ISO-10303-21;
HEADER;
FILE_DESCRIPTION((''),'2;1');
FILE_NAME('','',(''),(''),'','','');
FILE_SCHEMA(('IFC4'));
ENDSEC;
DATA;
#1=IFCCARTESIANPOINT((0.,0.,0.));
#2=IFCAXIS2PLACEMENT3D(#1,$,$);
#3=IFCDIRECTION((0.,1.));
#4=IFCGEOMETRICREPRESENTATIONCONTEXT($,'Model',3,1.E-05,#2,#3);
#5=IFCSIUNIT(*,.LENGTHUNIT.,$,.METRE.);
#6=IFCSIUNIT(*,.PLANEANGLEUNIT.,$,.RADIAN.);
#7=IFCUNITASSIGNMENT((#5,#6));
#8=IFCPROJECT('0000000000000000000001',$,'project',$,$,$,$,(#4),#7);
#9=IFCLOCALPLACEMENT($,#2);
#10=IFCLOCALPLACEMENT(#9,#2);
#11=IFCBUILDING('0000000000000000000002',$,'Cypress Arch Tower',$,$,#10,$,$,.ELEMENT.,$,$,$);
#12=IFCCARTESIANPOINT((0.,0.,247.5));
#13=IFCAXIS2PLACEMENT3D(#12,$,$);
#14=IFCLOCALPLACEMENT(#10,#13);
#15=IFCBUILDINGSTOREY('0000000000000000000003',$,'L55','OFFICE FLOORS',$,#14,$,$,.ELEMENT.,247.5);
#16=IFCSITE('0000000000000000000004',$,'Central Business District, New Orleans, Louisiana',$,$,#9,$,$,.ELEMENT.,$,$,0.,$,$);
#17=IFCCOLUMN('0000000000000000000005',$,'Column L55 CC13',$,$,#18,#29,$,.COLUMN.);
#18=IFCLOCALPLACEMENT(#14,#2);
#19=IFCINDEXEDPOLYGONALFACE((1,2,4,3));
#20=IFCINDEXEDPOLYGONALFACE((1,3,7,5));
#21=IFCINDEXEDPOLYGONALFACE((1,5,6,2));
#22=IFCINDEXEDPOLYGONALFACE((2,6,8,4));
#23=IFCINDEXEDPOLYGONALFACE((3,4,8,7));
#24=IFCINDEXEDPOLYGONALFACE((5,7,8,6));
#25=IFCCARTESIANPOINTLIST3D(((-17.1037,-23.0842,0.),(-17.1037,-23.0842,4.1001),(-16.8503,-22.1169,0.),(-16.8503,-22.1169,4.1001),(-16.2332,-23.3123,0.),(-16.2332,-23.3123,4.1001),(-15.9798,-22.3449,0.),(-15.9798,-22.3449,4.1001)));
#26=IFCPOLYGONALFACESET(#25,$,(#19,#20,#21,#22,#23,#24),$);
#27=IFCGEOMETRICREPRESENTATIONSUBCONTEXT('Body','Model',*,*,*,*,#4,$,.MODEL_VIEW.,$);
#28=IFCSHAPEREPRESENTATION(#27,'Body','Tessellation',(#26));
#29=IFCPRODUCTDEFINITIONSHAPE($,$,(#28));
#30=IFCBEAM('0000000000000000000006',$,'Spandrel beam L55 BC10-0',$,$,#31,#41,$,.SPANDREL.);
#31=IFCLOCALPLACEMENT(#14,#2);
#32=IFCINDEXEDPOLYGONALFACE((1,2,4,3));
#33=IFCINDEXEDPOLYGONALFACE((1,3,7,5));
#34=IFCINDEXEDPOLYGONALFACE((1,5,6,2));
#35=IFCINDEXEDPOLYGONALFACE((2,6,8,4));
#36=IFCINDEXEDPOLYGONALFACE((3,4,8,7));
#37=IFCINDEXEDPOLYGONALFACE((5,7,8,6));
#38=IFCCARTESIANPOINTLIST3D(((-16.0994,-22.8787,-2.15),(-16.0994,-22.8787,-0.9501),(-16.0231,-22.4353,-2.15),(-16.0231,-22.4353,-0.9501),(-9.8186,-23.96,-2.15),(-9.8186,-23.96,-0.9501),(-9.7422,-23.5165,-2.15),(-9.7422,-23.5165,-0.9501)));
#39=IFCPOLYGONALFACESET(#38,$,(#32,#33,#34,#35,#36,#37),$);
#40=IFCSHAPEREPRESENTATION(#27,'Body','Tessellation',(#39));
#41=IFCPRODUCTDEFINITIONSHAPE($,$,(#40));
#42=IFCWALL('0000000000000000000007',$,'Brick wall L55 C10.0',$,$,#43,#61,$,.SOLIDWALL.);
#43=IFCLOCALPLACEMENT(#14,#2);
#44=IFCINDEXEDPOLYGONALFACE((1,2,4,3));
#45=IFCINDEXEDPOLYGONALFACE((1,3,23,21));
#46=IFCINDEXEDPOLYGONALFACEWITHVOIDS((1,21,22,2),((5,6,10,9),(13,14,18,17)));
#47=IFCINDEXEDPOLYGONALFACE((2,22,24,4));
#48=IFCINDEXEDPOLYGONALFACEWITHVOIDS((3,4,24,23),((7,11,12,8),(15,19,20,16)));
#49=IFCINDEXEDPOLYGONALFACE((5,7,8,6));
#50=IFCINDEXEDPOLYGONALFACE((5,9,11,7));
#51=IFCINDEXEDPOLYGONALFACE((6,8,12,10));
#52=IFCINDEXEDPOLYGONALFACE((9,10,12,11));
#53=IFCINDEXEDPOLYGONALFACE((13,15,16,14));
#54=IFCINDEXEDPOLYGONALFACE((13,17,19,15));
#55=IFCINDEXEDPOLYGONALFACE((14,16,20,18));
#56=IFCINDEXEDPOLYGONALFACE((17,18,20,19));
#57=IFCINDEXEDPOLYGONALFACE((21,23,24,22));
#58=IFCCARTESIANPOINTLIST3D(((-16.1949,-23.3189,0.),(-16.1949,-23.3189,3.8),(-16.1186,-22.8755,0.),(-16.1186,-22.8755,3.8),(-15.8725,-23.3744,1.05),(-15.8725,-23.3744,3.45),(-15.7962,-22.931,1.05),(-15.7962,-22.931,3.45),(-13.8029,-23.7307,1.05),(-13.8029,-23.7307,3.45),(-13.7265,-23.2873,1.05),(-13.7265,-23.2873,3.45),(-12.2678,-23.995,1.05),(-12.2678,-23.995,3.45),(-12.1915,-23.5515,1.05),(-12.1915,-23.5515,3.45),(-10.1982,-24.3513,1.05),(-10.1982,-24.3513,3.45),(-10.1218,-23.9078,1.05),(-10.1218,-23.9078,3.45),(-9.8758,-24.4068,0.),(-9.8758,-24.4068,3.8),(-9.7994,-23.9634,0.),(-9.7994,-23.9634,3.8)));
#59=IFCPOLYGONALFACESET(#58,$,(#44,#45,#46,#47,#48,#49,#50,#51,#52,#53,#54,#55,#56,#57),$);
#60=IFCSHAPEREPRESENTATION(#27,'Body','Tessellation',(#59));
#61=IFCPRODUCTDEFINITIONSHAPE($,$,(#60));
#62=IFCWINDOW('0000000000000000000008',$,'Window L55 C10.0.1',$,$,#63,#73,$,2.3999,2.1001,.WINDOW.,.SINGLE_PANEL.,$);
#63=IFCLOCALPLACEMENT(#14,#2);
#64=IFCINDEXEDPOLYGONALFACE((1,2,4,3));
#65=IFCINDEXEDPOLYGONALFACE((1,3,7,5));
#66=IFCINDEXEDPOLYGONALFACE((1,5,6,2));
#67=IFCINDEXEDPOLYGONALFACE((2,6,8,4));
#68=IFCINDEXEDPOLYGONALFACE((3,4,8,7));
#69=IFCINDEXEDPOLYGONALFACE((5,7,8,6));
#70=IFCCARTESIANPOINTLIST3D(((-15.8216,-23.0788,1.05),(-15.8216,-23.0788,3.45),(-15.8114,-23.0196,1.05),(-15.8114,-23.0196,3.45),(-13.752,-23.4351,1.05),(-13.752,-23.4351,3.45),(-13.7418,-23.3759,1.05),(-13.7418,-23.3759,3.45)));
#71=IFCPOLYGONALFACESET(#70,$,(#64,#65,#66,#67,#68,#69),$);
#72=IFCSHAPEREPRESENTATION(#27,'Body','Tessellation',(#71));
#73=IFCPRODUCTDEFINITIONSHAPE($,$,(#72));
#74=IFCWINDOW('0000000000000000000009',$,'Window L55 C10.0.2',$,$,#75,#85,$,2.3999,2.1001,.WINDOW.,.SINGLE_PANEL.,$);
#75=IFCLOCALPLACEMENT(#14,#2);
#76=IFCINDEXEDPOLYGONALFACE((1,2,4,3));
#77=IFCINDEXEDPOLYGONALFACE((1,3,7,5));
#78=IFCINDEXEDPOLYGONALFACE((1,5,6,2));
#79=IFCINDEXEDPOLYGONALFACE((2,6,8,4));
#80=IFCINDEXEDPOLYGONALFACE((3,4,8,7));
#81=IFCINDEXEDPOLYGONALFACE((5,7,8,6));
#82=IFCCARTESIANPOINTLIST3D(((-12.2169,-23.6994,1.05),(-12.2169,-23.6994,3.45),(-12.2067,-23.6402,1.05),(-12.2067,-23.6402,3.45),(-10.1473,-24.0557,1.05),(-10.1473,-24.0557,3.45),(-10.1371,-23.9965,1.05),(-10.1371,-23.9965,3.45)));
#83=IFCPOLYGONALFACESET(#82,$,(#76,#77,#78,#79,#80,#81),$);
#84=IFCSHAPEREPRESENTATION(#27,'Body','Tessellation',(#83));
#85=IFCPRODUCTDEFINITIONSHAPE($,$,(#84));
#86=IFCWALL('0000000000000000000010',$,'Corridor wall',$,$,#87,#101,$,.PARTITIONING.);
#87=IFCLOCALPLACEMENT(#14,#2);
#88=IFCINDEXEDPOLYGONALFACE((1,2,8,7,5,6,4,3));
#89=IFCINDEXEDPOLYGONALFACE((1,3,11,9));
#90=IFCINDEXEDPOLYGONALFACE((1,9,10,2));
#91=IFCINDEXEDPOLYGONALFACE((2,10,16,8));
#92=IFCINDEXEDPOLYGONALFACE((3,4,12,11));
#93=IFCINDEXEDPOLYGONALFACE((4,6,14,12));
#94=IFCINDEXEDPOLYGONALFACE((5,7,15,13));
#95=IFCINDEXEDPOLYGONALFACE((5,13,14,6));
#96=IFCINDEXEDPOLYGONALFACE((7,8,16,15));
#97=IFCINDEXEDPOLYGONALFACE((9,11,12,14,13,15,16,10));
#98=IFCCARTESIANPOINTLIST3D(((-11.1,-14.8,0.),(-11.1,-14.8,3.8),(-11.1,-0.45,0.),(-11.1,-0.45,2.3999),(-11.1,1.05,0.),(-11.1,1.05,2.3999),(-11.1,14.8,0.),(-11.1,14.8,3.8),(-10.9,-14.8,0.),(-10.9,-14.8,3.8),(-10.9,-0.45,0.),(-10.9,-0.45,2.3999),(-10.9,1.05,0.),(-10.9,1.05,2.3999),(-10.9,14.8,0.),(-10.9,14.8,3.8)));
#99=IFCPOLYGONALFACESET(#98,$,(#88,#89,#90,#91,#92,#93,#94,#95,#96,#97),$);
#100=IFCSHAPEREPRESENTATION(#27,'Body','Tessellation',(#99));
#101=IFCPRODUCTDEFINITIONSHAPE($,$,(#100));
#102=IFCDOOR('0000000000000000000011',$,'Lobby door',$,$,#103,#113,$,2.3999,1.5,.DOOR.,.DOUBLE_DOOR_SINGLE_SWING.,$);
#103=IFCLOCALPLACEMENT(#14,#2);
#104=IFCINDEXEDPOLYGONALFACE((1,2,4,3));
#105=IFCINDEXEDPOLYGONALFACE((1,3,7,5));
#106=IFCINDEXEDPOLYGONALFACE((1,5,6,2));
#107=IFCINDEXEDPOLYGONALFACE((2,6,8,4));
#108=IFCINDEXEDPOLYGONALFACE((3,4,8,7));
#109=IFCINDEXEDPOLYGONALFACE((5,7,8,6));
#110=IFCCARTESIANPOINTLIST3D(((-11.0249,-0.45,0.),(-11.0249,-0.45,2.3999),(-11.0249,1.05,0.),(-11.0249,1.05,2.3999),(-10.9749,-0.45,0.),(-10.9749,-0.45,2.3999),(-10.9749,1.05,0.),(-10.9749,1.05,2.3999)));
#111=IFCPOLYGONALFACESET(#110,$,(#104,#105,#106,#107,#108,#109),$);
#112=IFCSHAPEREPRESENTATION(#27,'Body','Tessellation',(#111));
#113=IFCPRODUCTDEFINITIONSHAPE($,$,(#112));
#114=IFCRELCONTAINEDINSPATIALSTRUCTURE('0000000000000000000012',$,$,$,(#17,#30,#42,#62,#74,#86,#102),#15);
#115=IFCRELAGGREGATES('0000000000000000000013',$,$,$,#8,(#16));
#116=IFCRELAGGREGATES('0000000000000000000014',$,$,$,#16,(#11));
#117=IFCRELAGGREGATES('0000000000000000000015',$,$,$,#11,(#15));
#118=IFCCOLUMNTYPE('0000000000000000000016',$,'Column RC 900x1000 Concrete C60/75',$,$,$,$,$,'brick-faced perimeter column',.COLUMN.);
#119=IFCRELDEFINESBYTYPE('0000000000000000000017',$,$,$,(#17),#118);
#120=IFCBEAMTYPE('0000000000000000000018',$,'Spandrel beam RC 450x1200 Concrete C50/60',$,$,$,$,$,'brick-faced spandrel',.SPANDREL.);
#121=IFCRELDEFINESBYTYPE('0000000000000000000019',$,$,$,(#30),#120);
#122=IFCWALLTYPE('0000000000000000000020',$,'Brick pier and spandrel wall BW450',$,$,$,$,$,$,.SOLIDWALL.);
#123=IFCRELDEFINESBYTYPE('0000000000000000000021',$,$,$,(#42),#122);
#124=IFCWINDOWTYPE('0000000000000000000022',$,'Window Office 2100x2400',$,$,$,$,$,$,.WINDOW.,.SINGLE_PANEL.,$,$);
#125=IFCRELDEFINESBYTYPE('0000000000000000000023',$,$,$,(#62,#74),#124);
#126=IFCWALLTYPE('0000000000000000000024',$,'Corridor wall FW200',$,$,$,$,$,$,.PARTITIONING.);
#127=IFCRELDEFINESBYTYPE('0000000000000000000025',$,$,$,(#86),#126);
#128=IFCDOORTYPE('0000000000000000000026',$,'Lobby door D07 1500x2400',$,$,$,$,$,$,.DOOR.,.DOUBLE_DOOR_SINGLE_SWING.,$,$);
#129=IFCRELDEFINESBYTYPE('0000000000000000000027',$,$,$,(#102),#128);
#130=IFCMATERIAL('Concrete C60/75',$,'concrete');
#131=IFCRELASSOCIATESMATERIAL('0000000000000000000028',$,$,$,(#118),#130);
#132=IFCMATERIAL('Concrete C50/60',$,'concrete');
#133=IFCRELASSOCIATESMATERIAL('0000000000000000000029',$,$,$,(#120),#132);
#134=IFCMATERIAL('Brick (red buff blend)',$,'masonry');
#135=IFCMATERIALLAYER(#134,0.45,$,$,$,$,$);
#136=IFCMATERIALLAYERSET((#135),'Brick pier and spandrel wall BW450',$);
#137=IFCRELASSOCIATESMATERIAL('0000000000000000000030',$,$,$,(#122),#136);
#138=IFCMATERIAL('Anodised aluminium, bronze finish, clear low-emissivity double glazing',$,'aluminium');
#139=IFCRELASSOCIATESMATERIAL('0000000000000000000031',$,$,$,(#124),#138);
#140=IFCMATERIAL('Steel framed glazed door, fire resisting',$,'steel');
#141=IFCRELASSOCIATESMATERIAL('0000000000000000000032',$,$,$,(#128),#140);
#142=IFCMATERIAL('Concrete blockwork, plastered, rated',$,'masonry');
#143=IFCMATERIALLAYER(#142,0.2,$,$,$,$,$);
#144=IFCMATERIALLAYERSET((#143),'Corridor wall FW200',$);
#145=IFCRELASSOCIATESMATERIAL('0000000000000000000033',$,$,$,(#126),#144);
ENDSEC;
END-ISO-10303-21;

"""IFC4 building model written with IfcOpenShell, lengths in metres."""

from ifc_helpers import new_model, si_unit, direction, frame, frame_2d, origin, origin_2d, place, context, subcontext, project, spatial, rectangle, extrude, material, layer, layer_set, material_profile, profile_set, type_object, element, fill, save


model = new_model("IFC4")

# Units and contexts
model_context = context("Model", 3, precision=1e-05, world=origin(), true_north=direction((0.0, 1.0)))
body_context = subcontext(model_context, "Body", "Model", "MODEL_VIEW")
ifc_project = project(units=[si_unit("LENGTHUNIT", "METRE"), si_unit("PLANEANGLEUNIT", "RADIAN")], contexts=[model_context])

# Site, building, storey
site_placement = place(None, origin())
site = spatial("IfcSite", under=ifc_project, at=site_placement, Name="Central Business District, New Orleans, Louisiana", CompositionType="ELEMENT", RefElevation=0.0)
building_placement = place(site_placement, origin())
building = spatial("IfcBuilding", under=site, at=building_placement, Name="Cypress Arch Tower", CompositionType="ELEMENT")
storey_placement = place(building_placement, frame((0.0, 0.0, 247.5)))
storey = spatial("IfcBuildingStorey", under=building, at=storey_placement, Name="L55", Description="OFFICE FLOORS", CompositionType="ELEMENT", Elevation=247.5)

# Column
ifc_material_1 = material(Name="Concrete C60/75", Category="concrete")
ifc_material_profile_1 = material_profile(ifc_material_1, rectangle(XDim=0.8999, YDim=1.0, at=origin_2d()), Name="RC 900x1000")
ifc_profile_set_1 = profile_set([ifc_material_profile_1], Name="Concrete C60/75")
column_type = type_object("IfcColumnType", Name="Column RC 900x1000 Concrete C60/75", ElementType="brick-faced perimeter column", PredefinedType="COLUMN", material=ifc_profile_set_1)
column_placement = place(storey_placement, frame((-16.5417, -22.7146, 0.0), z_axis=(0.0, 0.0, 1.0), x_axis=(0.967356, -0.253422, 0.0)))
element("IfcColumn", 1, at=column_placement, inside=storey, type_object=column_type, Name="Column L55 CC13", PredefinedType="COLUMN", context=body_context, shape_type="SweptSolid", body=[
    extrude(rectangle(XDim=0.8999, YDim=1.0, at=origin_2d()), origin(), (0.0, 0.0, 1.0), 4.1001),
])

# Beam
ifc_material_2 = material(Name="Concrete C50/60", Category="concrete")
ifc_material_profile_2 = material_profile(ifc_material_2, rectangle(XDim=0.45, YDim=1.2, at=origin_2d()), Name="RC 450x1200")
ifc_profile_set_2 = profile_set([ifc_material_profile_2], Name="Concrete C50/60")
beam_type = type_object("IfcBeamType", Name="Spandrel beam RC 450x1200 Concrete C50/60", ElementType="brick-faced spandrel", PredefinedType="SPANDREL", material=ifc_profile_set_2)
beam_placement = place(storey_placement, frame((-16.0613, -22.657, -1.55), z_axis=(0.985503, -0.169658, 0.0), x_axis=(0.169658, 0.985503, 0.0)))
element("IfcBeam", 2, at=beam_placement, inside=storey, type_object=beam_type, Name="Spandrel beam L55 BC10-0", PredefinedType="SPANDREL", context=body_context, shape_type="SweptSolid", body=[
    extrude(rectangle(XDim=0.45, YDim=1.2, at=origin_2d()), origin(), (0.0, 0.0, 1.0), 6.3733),
])

# Wall, openings, windows
ifc_material_3 = material(Name="Brick (red buff blend)", Category="masonry")
ifc_layer_1 = layer(ifc_material_3, 0.45)
ifc_layer_set_1 = layer_set([ifc_layer_1], Name="Brick pier and spandrel wall BW450")
wall_type_1 = type_object("IfcWallType", Name="Brick pier and spandrel wall BW450", PredefinedType="SOLIDWALL", material=ifc_layer_set_1)
wall_1_placement = place(storey_placement, frame((-16.1567, -23.0972, 0.0), z_axis=(0.0, 0.0, 1.0), x_axis=(0.985502, -0.169663, 0.0)))
wall_1 = element("IfcWall", 3, at=wall_1_placement, inside=storey, type_object=wall_type_1, Name="Brick wall L55 C10.0", PredefinedType="SOLIDWALL", context=body_context, shape_type="SweptSolid", body=[
    extrude(rectangle(XDim=6.4121, YDim=0.45, at=frame_2d((3.2061, 0.0))), origin(), (0.0, 0.0, 1.0), 3.8),
])
opening_1_placement = place(wall_1_placement, frame((0.3271, 0.0, 1.05)))
opening_1 = element("IfcOpeningElement", 4, at=opening_1_placement, cuts=wall_1, PredefinedType="OPENING", context=body_context, shape_type="SweptSolid", body=[
    extrude(rectangle(XDim=2.1001, YDim=2.3999, at=frame_2d((1.05, 1.2))), frame((0.0, 0.2349, 0.0), z_axis=(0.0, -1.0, 0.0), x_axis=(1.0, 0.0, 0.0)), (0.0, 0.0, 1.0), 0.47),
])
opening_2_placement = place(wall_1_placement, frame((3.9849, 0.0, 1.05)))
opening_2 = element("IfcOpeningElement", 5, at=opening_2_placement, cuts=wall_1, PredefinedType="OPENING", context=body_context, shape_type="SweptSolid", body=[
    extrude(rectangle(XDim=2.1001, YDim=2.3999, at=frame_2d((1.05, 1.2))), frame((0.0, 0.2349, 0.0), z_axis=(0.0, -1.0, 0.0), x_axis=(1.0, 0.0, 0.0)), (0.0, 0.0, 1.0), 0.47),
])
ifc_material_4 = material(Name="Anodised aluminium, bronze finish, clear low-emissivity double glazing", Category="aluminium")
window_type = type_object("IfcWindowType", Name="Window Office 2100x2400", PartitioningType="SINGLE_PANEL", PredefinedType="WINDOW", material=ifc_material_4)
window_1_placement = place(opening_1_placement, origin())
window_1 = element("IfcWindow", 6, at=window_1_placement, inside=storey, type_object=window_type, Name="Window L55 C10.0.1", OverallHeight=2.3999, OverallWidth=2.1001, PartitioningType="SINGLE_PANEL", PredefinedType="WINDOW", context=body_context, shape_type="SweptSolid", body=[
    extrude(rectangle(XDim=2.1001, YDim=2.3999, at=frame_2d((1.05, 1.2))), frame((0.0, 0.135, 0.0), z_axis=(0.0, -1.0, 0.0), x_axis=(1.0, 0.0, 0.0)), (0.0, 0.0, 1.0), 0.0601),
])
fill(opening_1, window_1)
window_2_placement = place(opening_2_placement, origin())
window_2 = element("IfcWindow", 7, at=window_2_placement, inside=storey, type_object=window_type, Name="Window L55 C10.0.2", OverallHeight=2.3999, OverallWidth=2.1001, PartitioningType="SINGLE_PANEL", PredefinedType="WINDOW", context=body_context, shape_type="SweptSolid", body=[
    extrude(rectangle(XDim=2.1001, YDim=2.3999, at=frame_2d((1.05, 1.2))), frame((0.0, 0.135, 0.0), z_axis=(0.0, -1.0, 0.0), x_axis=(1.0, 0.0, 0.0)), (0.0, 0.0, 1.0), 0.0601),
])
fill(opening_2, window_2)

# Shared definitions
ifc_material_5 = material(Name="Steel framed glazed door, fire resisting", Category="steel")
door_type_1 = type_object("IfcDoorType", Name="Lobby door D07 1500x2400", OperationType="DOUBLE_DOOR_SINGLE_SWING", PredefinedType="DOOR", material=ifc_material_5)

# Shared definitions
ifc_material_6 = material(Name="Concrete blockwork, plastered, rated", Category="masonry")
ifc_layer_2 = layer(ifc_material_6, 0.2)
ifc_layer_set_2 = layer_set([ifc_layer_2], Name="Corridor wall FW200")
wall_type_2 = type_object("IfcWallType", Name="Corridor wall FW200", PredefinedType="PARTITIONING", material=ifc_layer_set_2)

# Wall, opening, door
wall_2_placement = place(storey_placement, frame((-11.0, -14.8, 0.0), z_axis=(0.0, 0.0, 1.0), x_axis=(0.0, 1.0, 0.0)))
wall_2 = element("IfcWall", 8, at=wall_2_placement, inside=storey, type_object=wall_type_2, Name="Corridor wall", PredefinedType="PARTITIONING", context=body_context, shape_type="SweptSolid", body=[
    extrude(rectangle(XDim=29.6001, YDim=0.2, at=frame_2d((14.8, 0.0))), origin(), (0.0, 0.0, 1.0), 3.8),
])
opening_3_placement = place(wall_2_placement, frame((14.3501, 0.0, 0.0)))
opening_3 = element("IfcOpeningElement", 9, at=opening_3_placement, cuts=wall_2, PredefinedType="OPENING", context=body_context, shape_type="SweptSolid", body=[
    extrude(rectangle(XDim=1.5, YDim=2.3999, at=frame_2d((0.75, 1.2))), frame((0.0, 0.1099, 0.0), z_axis=(0.0, -1.0, 0.0), x_axis=(1.0, 0.0, 0.0)), (0.0, 0.0, 1.0), 0.22),
])
door_1_placement = place(opening_3_placement, origin())
door_1 = element("IfcDoor", 10, at=door_1_placement, inside=storey, type_object=door_type_1, Name="Lobby door", OperationType="DOUBLE_DOOR_SINGLE_SWING", OverallHeight=2.3999, OverallWidth=1.5, PredefinedType="DOOR", context=body_context, shape_type="SweptSolid", body=[
    extrude(rectangle(XDim=1.5, YDim=2.3999, at=frame_2d((0.75, 1.2))), frame((0.0, 0.0249, 0.0), z_axis=(0.0, -1.0, 0.0), x_axis=(1.0, 0.0, 0.0)), (0.0, 0.0, 1.0), 0.05),
])
fill(opening_3, door_1)

save(model, "model.ifc")
